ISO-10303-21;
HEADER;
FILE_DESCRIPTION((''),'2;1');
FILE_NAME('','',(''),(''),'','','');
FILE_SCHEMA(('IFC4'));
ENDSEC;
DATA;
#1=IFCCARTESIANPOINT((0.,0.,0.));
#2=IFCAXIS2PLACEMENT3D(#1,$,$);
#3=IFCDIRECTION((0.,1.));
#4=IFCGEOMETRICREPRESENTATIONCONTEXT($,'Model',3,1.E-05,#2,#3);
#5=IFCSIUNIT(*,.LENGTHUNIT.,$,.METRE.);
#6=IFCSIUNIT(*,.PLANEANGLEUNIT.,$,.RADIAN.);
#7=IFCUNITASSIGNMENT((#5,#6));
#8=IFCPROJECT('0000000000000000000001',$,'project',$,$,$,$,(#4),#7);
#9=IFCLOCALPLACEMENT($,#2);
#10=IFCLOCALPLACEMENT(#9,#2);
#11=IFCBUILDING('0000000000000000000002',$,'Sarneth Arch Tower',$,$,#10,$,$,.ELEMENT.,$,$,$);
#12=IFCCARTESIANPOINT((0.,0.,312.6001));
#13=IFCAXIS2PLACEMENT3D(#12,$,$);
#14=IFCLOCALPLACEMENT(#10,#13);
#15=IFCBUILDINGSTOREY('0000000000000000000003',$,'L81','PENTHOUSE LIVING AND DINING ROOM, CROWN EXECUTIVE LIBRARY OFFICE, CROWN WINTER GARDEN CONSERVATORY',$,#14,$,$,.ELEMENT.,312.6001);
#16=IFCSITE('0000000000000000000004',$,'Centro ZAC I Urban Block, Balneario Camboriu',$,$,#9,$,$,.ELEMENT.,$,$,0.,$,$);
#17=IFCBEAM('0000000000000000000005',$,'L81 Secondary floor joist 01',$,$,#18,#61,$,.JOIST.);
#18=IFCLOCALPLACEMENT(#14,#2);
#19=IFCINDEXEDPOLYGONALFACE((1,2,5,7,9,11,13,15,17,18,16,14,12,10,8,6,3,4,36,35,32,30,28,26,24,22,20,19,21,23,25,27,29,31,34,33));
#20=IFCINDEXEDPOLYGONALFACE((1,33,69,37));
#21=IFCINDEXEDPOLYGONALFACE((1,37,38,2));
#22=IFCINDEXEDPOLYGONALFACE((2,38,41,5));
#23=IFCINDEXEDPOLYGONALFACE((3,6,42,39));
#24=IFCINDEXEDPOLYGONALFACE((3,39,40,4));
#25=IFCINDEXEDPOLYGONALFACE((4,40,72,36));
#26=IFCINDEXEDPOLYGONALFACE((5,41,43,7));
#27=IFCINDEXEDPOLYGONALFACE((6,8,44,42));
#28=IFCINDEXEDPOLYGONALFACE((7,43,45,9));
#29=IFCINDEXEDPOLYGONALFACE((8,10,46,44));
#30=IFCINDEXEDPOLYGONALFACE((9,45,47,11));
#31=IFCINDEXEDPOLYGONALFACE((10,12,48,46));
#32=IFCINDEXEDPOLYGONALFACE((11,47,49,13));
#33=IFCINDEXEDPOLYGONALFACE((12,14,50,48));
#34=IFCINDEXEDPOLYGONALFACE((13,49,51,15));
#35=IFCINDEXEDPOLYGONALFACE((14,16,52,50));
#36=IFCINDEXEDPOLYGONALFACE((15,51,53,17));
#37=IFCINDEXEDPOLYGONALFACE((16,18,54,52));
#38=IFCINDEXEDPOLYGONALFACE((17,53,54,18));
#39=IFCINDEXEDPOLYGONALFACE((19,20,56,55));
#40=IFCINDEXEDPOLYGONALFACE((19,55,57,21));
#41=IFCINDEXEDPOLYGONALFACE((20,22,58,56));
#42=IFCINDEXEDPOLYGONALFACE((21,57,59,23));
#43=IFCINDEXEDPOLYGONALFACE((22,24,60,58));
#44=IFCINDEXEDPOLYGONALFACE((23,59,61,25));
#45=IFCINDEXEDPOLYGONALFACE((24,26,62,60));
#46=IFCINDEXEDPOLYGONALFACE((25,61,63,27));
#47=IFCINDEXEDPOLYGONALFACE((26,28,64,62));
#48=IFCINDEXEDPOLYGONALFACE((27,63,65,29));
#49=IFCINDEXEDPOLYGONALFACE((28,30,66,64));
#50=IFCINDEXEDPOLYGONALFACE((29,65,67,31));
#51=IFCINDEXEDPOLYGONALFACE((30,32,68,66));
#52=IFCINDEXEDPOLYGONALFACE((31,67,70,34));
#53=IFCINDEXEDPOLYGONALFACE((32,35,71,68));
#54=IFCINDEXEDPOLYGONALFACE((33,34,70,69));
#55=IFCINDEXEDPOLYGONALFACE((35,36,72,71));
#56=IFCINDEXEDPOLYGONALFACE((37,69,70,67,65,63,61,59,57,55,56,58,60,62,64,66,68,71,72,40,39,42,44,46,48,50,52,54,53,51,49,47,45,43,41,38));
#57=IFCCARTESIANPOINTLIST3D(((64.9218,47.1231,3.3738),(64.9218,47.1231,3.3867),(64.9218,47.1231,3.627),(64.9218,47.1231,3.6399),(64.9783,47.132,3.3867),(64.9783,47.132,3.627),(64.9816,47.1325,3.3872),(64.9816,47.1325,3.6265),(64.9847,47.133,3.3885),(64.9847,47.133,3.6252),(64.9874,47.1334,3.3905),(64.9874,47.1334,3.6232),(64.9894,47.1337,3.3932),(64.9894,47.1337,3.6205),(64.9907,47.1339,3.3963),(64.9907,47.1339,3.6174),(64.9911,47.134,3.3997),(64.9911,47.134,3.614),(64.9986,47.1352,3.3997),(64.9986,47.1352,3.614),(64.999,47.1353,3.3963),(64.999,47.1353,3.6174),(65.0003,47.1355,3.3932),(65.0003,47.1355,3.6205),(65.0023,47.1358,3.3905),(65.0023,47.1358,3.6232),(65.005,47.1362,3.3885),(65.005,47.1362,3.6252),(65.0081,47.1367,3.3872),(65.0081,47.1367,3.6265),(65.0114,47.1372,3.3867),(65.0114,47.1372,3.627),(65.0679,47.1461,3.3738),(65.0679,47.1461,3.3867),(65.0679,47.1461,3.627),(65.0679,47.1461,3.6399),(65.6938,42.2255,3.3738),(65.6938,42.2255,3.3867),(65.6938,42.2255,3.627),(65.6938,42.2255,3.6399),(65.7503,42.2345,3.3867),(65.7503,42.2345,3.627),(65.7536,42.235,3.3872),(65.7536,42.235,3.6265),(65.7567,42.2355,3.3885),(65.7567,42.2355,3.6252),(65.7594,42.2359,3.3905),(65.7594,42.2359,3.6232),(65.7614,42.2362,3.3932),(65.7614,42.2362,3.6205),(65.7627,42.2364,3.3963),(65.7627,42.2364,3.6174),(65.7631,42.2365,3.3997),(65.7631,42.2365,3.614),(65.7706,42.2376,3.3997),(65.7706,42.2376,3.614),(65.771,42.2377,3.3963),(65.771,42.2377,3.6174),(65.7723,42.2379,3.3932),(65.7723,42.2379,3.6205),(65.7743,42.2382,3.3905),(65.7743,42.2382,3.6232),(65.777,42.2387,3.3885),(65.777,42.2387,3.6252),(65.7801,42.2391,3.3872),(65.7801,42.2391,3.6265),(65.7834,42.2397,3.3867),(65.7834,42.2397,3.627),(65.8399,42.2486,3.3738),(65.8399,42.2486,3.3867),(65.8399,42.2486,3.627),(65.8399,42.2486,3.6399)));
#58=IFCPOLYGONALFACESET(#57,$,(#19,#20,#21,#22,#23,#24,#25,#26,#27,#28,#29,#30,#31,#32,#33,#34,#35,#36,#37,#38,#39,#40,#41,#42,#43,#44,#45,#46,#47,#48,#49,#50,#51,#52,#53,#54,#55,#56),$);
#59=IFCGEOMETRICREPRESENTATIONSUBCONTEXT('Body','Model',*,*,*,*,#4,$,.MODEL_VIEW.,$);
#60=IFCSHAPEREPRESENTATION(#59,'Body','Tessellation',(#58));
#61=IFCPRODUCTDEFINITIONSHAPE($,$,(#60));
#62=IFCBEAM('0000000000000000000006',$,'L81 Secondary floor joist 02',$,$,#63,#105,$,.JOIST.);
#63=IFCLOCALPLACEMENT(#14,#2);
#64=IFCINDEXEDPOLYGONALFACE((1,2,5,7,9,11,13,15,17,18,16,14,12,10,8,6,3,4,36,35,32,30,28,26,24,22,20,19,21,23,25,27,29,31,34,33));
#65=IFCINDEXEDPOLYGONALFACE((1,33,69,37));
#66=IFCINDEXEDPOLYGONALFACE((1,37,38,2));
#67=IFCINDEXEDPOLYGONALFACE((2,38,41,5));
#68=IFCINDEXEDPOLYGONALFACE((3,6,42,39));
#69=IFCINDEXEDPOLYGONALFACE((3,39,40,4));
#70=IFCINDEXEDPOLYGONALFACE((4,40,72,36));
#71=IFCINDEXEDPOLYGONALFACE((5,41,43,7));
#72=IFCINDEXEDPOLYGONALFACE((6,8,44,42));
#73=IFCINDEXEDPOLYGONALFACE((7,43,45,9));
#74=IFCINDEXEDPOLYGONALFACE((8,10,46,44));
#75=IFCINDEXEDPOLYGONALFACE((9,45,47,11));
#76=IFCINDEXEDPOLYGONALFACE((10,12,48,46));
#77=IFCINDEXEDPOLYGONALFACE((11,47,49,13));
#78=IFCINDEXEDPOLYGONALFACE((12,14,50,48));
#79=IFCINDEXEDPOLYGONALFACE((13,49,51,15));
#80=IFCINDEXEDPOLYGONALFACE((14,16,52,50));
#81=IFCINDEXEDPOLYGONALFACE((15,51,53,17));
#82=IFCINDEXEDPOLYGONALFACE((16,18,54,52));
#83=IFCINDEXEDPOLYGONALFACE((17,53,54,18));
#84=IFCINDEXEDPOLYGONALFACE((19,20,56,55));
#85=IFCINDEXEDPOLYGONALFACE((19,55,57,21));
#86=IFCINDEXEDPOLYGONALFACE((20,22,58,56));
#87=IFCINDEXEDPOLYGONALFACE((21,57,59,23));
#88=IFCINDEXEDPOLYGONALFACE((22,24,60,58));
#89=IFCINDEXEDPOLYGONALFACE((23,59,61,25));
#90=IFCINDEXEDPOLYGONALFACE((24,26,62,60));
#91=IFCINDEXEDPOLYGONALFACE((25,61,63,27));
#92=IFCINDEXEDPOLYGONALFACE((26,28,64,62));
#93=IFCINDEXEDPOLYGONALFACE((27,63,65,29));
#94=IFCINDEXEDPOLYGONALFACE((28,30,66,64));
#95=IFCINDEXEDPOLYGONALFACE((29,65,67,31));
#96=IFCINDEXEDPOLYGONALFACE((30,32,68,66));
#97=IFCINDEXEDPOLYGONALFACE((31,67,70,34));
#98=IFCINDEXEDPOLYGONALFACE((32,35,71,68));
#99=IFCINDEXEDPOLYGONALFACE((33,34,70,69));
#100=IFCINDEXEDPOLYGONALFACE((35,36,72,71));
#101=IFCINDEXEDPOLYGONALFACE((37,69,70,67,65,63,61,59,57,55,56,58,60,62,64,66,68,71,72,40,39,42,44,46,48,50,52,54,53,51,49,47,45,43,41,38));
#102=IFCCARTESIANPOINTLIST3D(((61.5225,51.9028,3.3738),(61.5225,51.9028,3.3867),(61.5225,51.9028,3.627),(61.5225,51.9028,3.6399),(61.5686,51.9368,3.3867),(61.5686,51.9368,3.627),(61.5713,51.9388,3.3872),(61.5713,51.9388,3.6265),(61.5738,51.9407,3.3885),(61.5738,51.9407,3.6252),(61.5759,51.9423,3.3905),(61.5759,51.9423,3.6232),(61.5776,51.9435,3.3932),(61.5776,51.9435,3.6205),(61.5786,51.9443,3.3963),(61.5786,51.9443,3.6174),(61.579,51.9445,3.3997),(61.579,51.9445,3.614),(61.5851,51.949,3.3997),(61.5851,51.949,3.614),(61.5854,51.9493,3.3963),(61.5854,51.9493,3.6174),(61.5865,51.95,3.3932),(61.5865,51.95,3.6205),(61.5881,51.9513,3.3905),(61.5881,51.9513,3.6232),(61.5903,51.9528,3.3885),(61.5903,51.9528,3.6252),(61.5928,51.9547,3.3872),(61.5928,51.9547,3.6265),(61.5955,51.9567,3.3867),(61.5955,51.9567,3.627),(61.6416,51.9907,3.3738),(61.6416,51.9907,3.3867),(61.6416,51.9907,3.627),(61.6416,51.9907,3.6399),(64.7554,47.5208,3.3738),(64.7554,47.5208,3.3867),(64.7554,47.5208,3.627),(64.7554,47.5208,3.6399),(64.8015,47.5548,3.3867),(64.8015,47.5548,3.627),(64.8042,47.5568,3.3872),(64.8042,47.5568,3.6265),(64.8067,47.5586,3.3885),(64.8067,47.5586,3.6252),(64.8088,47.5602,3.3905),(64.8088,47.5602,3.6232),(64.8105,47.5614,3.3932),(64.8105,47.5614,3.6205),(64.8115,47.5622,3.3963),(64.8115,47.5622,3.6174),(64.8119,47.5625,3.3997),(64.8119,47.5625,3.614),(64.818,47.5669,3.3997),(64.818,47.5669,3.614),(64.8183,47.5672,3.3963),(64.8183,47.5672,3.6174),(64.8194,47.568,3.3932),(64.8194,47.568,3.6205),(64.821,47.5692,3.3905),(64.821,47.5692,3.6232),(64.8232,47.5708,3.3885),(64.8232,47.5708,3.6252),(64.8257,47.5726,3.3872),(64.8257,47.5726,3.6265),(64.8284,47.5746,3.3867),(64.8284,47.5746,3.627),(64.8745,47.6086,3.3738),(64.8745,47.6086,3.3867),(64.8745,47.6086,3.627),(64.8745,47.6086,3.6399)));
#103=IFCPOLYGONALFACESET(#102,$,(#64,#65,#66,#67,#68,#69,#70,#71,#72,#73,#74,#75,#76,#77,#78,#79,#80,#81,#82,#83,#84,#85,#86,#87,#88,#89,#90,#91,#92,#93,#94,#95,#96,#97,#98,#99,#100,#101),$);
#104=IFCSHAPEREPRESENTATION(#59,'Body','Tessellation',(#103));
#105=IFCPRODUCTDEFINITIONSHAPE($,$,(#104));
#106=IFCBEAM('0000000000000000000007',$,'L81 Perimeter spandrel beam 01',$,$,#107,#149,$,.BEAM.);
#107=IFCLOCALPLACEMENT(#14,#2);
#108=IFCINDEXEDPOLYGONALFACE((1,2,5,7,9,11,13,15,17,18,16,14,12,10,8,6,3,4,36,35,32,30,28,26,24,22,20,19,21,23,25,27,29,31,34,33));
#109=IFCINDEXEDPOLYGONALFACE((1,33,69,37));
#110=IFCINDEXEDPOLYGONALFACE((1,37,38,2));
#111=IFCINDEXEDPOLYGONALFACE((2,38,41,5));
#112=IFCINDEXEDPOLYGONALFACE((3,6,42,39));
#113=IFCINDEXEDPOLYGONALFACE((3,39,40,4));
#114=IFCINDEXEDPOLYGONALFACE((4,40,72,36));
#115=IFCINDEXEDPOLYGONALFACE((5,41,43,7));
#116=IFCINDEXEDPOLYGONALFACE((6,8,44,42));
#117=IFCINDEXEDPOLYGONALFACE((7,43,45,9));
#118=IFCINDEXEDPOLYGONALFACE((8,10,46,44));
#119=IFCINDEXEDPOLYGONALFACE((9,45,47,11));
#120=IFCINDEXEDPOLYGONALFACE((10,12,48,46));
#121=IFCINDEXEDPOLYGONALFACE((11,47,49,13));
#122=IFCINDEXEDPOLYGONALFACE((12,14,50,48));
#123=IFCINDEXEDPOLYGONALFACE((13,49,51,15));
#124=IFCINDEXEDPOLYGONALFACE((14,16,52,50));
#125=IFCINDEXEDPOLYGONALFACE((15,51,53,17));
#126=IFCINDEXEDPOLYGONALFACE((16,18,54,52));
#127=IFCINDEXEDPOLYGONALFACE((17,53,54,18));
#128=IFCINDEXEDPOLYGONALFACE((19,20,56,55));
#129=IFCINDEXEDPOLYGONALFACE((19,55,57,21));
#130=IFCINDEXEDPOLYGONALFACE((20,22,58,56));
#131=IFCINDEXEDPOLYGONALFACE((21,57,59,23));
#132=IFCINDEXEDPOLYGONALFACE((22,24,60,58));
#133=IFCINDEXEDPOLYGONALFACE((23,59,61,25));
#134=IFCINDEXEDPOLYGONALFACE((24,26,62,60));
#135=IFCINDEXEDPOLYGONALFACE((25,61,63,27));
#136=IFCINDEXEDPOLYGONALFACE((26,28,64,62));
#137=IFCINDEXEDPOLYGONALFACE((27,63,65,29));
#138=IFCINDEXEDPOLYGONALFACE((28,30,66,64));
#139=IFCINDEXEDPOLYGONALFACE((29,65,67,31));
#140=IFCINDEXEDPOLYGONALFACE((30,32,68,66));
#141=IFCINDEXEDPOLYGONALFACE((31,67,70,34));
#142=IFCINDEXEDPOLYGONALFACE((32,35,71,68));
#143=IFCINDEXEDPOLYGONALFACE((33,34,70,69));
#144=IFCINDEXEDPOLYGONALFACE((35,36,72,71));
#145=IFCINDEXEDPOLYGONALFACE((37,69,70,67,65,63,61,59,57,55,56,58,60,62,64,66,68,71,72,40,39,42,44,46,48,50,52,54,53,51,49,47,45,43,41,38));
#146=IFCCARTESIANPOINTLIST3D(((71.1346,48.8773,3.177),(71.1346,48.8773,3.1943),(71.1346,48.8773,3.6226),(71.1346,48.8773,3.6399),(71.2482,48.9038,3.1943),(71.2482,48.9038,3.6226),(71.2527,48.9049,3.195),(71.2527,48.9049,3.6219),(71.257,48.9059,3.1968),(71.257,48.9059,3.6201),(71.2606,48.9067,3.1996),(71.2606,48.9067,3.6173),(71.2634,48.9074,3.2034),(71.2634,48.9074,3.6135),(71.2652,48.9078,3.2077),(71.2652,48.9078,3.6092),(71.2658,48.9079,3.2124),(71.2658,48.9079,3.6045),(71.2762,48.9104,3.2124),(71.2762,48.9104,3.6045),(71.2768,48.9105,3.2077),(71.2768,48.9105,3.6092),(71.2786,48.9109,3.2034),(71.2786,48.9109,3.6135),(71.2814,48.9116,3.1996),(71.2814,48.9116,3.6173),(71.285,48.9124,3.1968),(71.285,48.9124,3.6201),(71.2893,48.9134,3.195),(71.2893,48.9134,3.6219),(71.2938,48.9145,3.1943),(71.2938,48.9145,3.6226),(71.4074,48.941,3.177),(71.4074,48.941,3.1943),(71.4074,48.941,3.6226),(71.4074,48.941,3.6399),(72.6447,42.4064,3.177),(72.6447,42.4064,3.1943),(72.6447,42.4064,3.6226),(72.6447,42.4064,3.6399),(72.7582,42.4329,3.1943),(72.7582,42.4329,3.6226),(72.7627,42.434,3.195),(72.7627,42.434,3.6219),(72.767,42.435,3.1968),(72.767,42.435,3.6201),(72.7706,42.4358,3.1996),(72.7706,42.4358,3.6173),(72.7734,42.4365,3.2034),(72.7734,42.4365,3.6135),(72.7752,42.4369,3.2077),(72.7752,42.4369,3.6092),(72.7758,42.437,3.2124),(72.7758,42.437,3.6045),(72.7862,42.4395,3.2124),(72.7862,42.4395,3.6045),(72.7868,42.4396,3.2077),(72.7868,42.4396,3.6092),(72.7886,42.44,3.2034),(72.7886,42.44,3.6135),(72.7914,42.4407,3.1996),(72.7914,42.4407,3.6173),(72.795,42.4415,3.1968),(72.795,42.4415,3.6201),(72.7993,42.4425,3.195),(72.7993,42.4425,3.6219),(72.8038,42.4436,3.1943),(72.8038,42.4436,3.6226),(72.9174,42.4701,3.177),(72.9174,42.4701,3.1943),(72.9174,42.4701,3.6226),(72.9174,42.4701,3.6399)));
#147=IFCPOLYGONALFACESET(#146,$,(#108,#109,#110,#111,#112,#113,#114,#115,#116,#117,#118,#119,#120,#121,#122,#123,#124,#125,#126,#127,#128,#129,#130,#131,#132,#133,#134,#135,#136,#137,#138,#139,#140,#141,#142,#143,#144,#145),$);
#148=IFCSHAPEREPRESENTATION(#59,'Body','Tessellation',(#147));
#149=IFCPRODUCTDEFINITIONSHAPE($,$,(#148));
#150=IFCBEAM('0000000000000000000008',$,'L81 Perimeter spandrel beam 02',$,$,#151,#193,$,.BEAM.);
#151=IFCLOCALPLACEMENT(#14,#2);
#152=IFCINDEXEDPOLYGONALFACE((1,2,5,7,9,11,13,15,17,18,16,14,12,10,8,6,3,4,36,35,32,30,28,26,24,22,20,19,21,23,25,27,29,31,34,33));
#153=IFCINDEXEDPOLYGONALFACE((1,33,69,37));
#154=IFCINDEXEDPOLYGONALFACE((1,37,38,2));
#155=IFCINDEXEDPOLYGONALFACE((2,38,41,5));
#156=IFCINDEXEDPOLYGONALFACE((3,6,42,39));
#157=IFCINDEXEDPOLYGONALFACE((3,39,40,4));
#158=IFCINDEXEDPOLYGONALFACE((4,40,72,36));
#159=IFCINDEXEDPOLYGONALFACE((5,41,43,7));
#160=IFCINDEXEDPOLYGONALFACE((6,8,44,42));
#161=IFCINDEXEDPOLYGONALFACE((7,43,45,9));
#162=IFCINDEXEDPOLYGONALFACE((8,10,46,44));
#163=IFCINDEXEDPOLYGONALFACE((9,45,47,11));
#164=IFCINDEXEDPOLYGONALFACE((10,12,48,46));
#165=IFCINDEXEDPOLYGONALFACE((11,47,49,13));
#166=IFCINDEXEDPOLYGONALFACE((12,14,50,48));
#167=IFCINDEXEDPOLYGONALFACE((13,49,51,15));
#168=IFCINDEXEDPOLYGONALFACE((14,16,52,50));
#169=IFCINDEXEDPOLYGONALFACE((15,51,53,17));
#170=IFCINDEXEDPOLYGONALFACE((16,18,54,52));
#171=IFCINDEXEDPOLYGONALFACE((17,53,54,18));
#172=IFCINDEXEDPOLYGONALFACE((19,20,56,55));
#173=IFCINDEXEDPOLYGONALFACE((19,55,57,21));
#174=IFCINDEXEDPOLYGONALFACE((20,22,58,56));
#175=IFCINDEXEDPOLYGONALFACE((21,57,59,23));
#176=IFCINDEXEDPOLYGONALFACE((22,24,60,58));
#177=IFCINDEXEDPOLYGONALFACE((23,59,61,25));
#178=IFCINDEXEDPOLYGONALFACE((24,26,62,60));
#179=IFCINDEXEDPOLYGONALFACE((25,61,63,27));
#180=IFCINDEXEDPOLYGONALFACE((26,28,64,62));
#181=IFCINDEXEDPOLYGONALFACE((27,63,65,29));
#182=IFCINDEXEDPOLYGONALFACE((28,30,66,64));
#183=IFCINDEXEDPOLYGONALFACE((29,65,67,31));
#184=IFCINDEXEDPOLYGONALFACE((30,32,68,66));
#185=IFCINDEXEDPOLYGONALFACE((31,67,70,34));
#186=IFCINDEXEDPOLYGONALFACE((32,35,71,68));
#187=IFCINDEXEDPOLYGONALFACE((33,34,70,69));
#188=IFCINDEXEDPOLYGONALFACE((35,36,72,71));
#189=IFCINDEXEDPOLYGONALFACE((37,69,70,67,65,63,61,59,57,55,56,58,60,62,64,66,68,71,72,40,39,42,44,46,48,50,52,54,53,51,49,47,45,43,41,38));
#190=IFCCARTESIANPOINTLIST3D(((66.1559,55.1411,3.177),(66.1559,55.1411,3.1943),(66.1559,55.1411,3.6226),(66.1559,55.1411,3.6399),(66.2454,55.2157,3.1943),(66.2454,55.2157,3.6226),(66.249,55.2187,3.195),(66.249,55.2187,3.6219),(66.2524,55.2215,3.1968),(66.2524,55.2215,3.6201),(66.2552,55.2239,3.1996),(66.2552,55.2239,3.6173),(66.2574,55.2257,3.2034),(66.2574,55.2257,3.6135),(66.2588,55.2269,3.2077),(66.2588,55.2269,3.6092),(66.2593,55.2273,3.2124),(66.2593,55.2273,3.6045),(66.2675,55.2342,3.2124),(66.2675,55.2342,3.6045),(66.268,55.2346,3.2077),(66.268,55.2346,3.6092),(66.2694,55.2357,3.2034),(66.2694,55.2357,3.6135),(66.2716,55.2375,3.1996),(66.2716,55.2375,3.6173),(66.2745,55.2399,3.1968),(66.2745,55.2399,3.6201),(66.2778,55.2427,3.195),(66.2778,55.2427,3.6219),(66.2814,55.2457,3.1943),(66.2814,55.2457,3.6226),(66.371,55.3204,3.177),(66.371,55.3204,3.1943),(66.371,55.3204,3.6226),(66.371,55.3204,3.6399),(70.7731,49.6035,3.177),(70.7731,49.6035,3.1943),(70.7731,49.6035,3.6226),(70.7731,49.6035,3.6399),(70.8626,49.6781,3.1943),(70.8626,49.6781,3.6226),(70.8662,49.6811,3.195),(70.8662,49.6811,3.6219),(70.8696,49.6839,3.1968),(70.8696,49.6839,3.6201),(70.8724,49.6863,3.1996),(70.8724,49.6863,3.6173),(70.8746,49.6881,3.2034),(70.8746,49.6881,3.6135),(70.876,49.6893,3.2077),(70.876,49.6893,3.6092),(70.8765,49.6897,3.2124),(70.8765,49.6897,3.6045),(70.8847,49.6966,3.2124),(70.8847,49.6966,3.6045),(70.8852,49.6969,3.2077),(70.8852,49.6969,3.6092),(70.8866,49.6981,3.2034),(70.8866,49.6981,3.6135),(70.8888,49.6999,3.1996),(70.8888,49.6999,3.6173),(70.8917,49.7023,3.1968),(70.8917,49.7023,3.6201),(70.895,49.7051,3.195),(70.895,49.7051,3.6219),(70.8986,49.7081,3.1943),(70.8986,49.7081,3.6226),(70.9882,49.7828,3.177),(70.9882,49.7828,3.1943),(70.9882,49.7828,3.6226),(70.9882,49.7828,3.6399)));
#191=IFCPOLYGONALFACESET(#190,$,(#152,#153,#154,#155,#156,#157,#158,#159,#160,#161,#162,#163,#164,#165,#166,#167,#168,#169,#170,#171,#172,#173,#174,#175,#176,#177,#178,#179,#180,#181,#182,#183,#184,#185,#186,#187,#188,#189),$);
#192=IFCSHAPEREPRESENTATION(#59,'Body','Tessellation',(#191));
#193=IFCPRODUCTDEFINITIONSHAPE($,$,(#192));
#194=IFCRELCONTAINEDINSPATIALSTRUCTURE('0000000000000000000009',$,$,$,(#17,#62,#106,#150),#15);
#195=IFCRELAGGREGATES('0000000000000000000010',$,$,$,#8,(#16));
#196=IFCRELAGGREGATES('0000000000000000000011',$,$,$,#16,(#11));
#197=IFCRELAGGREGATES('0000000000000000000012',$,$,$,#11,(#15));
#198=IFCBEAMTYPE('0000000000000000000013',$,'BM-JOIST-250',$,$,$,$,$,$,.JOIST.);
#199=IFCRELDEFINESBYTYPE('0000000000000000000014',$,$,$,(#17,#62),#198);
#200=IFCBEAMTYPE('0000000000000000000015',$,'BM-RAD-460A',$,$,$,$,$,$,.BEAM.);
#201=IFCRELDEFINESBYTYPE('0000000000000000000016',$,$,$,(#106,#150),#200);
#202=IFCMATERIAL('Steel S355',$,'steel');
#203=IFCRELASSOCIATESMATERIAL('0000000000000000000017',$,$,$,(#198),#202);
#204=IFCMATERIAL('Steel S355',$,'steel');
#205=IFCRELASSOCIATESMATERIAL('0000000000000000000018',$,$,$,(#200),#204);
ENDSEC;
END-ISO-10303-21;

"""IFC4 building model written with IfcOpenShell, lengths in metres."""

from ifc_helpers import new_model, si_unit, direction, frame, origin, origin_2d, place, context, subcontext, project, spatial, i_section, extrude, material, material_profile, profile_set, type_object, element, save


model = new_model("IFC4")

# Units and contexts
model_context = context("Model", 3, precision=1e-05, world=origin(), true_north=direction((0.0, 1.0)))
body_context = subcontext(model_context, "Body", "Model", "MODEL_VIEW")
ifc_project = project(units=[si_unit("LENGTHUNIT", "METRE"), si_unit("PLANEANGLEUNIT", "RADIAN")], contexts=[model_context])

# Site, building, storey
site_placement = place(None, origin())
site = spatial("IfcSite", under=ifc_project, at=site_placement, Name="Centro ZAC I Urban Block, Balneario Camboriu", CompositionType="ELEMENT", RefElevation=0.0)
building_placement = place(site_placement, origin())
building = spatial("IfcBuilding", under=site, at=building_placement, Name="Sarneth Arch Tower", CompositionType="ELEMENT")
storey_placement = place(building_placement, frame((0.0, 0.0, 312.6001)))
storey = spatial("IfcBuildingStorey", under=building, at=storey_placement, Name="L81", Description="PENTHOUSE LIVING AND DINING ROOM, CROWN EXECUTIVE LIBRARY OFFICE, CROWN WINTER GARDEN CONSERVATORY", CompositionType="ELEMENT", Elevation=312.6001)

# Beams
ifc_material_1 = material(Name="Steel S355", Category="steel")
ifc_material_profile_1 = material_profile(ifc_material_1, i_section(OverallWidth=0.1479, OverallDepth=0.2661, WebThickness=0.0076, FlangeThickness=0.0129, FilletRadius=0.0129, at=origin_2d()), Name="W250x44.8")
ifc_profile_set_1 = profile_set([ifc_material_profile_1], Name="Steel S355")
beam_type_1 = type_object("IfcBeamType", Name="BM-JOIST-250", PredefinedType="JOIST", material=ifc_profile_set_1)
beam_1_placement = place(storey_placement, frame((65.7668, 42.2371, 3.5068), z_axis=(-0.155705, 0.987804, 0.0), x_axis=(-0.987804, -0.155705, 0.0)))
element("IfcBeam", 1, at=beam_1_placement, inside=storey, type_object=beam_type_1, Name="L81 Secondary floor joist 01", PredefinedType="JOIST", context=body_context, shape_type="SweptSolid", body=[
    extrude(i_section(OverallWidth=0.1479, OverallDepth=0.2661, WebThickness=0.0076, FlangeThickness=0.0129, FilletRadius=0.0129, at=origin_2d()), origin(), (0.0, 0.0, 1.0), 4.958),
])
beam_2_placement = place(storey_placement, frame((64.8149, 47.5647, 3.5068), z_axis=(-0.593676, 0.804704, 0.0), x_axis=(-0.804704, -0.593676, 0.0)))
element("IfcBeam", 2, at=beam_2_placement, inside=storey, type_object=beam_type_1, Name="L81 Secondary floor joist 02", PredefinedType="JOIST", context=body_context, shape_type="SweptSolid", body=[
    extrude(i_section(OverallWidth=0.1479, OverallDepth=0.2661, WebThickness=0.0076, FlangeThickness=0.0129, FilletRadius=0.0129, at=origin_2d()), origin(), (0.0, 0.0, 1.0), 5.4456),
])
ifc_material_2 = material(Name="Steel S355", Category="steel")
ifc_material_profile_2 = material_profile(ifc_material_2, i_section(OverallWidth=0.28, OverallDepth=0.4629, WebThickness=0.0107, FlangeThickness=0.0173, FilletRadius=0.0181, at=origin_2d()), Name="W460x113")
ifc_profile_set_2 = profile_set([ifc_material_profile_2], Name="Steel S355")
beam_type_2 = type_object("IfcBeamType", Name="BM-RAD-460A", PredefinedType="BEAM", material=ifc_profile_set_2)
beam_3_placement = place(storey_placement, frame((72.781, 42.4382, 3.4084), z_axis=(-0.227247, 0.973837, 0.0), x_axis=(-0.973837, -0.227247, 0.0)))
element("IfcBeam", 3, at=beam_3_placement, inside=storey, type_object=beam_type_2, Name="L81 Perimeter spandrel beam 01", PredefinedType="BEAM", context=body_context, shape_type="SweptSolid", body=[
    extrude(i_section(OverallWidth=0.28, OverallDepth=0.4629, WebThickness=0.0107, FlangeThickness=0.0173, FilletRadius=0.0181, at=origin_2d()), origin(), (0.0, 0.0, 1.0), 6.6448),
])
beam_4_placement = place(storey_placement, frame((70.8806, 49.6931, 3.4084), z_axis=(-0.640391, 0.768049, 0.0), x_axis=(-0.768049, -0.640391, 0.0)))
element("IfcBeam", 4, at=beam_4_placement, inside=storey, type_object=beam_type_2, Name="L81 Perimeter spandrel beam 02", PredefinedType="BEAM", context=body_context, shape_type="SweptSolid", body=[
    extrude(i_section(OverallWidth=0.28, OverallDepth=0.4629, WebThickness=0.0107, FlangeThickness=0.0173, FilletRadius=0.0181, at=origin_2d()), origin(), (0.0, 0.0, 1.0), 7.21),
])

save(model, "model.ifc")
